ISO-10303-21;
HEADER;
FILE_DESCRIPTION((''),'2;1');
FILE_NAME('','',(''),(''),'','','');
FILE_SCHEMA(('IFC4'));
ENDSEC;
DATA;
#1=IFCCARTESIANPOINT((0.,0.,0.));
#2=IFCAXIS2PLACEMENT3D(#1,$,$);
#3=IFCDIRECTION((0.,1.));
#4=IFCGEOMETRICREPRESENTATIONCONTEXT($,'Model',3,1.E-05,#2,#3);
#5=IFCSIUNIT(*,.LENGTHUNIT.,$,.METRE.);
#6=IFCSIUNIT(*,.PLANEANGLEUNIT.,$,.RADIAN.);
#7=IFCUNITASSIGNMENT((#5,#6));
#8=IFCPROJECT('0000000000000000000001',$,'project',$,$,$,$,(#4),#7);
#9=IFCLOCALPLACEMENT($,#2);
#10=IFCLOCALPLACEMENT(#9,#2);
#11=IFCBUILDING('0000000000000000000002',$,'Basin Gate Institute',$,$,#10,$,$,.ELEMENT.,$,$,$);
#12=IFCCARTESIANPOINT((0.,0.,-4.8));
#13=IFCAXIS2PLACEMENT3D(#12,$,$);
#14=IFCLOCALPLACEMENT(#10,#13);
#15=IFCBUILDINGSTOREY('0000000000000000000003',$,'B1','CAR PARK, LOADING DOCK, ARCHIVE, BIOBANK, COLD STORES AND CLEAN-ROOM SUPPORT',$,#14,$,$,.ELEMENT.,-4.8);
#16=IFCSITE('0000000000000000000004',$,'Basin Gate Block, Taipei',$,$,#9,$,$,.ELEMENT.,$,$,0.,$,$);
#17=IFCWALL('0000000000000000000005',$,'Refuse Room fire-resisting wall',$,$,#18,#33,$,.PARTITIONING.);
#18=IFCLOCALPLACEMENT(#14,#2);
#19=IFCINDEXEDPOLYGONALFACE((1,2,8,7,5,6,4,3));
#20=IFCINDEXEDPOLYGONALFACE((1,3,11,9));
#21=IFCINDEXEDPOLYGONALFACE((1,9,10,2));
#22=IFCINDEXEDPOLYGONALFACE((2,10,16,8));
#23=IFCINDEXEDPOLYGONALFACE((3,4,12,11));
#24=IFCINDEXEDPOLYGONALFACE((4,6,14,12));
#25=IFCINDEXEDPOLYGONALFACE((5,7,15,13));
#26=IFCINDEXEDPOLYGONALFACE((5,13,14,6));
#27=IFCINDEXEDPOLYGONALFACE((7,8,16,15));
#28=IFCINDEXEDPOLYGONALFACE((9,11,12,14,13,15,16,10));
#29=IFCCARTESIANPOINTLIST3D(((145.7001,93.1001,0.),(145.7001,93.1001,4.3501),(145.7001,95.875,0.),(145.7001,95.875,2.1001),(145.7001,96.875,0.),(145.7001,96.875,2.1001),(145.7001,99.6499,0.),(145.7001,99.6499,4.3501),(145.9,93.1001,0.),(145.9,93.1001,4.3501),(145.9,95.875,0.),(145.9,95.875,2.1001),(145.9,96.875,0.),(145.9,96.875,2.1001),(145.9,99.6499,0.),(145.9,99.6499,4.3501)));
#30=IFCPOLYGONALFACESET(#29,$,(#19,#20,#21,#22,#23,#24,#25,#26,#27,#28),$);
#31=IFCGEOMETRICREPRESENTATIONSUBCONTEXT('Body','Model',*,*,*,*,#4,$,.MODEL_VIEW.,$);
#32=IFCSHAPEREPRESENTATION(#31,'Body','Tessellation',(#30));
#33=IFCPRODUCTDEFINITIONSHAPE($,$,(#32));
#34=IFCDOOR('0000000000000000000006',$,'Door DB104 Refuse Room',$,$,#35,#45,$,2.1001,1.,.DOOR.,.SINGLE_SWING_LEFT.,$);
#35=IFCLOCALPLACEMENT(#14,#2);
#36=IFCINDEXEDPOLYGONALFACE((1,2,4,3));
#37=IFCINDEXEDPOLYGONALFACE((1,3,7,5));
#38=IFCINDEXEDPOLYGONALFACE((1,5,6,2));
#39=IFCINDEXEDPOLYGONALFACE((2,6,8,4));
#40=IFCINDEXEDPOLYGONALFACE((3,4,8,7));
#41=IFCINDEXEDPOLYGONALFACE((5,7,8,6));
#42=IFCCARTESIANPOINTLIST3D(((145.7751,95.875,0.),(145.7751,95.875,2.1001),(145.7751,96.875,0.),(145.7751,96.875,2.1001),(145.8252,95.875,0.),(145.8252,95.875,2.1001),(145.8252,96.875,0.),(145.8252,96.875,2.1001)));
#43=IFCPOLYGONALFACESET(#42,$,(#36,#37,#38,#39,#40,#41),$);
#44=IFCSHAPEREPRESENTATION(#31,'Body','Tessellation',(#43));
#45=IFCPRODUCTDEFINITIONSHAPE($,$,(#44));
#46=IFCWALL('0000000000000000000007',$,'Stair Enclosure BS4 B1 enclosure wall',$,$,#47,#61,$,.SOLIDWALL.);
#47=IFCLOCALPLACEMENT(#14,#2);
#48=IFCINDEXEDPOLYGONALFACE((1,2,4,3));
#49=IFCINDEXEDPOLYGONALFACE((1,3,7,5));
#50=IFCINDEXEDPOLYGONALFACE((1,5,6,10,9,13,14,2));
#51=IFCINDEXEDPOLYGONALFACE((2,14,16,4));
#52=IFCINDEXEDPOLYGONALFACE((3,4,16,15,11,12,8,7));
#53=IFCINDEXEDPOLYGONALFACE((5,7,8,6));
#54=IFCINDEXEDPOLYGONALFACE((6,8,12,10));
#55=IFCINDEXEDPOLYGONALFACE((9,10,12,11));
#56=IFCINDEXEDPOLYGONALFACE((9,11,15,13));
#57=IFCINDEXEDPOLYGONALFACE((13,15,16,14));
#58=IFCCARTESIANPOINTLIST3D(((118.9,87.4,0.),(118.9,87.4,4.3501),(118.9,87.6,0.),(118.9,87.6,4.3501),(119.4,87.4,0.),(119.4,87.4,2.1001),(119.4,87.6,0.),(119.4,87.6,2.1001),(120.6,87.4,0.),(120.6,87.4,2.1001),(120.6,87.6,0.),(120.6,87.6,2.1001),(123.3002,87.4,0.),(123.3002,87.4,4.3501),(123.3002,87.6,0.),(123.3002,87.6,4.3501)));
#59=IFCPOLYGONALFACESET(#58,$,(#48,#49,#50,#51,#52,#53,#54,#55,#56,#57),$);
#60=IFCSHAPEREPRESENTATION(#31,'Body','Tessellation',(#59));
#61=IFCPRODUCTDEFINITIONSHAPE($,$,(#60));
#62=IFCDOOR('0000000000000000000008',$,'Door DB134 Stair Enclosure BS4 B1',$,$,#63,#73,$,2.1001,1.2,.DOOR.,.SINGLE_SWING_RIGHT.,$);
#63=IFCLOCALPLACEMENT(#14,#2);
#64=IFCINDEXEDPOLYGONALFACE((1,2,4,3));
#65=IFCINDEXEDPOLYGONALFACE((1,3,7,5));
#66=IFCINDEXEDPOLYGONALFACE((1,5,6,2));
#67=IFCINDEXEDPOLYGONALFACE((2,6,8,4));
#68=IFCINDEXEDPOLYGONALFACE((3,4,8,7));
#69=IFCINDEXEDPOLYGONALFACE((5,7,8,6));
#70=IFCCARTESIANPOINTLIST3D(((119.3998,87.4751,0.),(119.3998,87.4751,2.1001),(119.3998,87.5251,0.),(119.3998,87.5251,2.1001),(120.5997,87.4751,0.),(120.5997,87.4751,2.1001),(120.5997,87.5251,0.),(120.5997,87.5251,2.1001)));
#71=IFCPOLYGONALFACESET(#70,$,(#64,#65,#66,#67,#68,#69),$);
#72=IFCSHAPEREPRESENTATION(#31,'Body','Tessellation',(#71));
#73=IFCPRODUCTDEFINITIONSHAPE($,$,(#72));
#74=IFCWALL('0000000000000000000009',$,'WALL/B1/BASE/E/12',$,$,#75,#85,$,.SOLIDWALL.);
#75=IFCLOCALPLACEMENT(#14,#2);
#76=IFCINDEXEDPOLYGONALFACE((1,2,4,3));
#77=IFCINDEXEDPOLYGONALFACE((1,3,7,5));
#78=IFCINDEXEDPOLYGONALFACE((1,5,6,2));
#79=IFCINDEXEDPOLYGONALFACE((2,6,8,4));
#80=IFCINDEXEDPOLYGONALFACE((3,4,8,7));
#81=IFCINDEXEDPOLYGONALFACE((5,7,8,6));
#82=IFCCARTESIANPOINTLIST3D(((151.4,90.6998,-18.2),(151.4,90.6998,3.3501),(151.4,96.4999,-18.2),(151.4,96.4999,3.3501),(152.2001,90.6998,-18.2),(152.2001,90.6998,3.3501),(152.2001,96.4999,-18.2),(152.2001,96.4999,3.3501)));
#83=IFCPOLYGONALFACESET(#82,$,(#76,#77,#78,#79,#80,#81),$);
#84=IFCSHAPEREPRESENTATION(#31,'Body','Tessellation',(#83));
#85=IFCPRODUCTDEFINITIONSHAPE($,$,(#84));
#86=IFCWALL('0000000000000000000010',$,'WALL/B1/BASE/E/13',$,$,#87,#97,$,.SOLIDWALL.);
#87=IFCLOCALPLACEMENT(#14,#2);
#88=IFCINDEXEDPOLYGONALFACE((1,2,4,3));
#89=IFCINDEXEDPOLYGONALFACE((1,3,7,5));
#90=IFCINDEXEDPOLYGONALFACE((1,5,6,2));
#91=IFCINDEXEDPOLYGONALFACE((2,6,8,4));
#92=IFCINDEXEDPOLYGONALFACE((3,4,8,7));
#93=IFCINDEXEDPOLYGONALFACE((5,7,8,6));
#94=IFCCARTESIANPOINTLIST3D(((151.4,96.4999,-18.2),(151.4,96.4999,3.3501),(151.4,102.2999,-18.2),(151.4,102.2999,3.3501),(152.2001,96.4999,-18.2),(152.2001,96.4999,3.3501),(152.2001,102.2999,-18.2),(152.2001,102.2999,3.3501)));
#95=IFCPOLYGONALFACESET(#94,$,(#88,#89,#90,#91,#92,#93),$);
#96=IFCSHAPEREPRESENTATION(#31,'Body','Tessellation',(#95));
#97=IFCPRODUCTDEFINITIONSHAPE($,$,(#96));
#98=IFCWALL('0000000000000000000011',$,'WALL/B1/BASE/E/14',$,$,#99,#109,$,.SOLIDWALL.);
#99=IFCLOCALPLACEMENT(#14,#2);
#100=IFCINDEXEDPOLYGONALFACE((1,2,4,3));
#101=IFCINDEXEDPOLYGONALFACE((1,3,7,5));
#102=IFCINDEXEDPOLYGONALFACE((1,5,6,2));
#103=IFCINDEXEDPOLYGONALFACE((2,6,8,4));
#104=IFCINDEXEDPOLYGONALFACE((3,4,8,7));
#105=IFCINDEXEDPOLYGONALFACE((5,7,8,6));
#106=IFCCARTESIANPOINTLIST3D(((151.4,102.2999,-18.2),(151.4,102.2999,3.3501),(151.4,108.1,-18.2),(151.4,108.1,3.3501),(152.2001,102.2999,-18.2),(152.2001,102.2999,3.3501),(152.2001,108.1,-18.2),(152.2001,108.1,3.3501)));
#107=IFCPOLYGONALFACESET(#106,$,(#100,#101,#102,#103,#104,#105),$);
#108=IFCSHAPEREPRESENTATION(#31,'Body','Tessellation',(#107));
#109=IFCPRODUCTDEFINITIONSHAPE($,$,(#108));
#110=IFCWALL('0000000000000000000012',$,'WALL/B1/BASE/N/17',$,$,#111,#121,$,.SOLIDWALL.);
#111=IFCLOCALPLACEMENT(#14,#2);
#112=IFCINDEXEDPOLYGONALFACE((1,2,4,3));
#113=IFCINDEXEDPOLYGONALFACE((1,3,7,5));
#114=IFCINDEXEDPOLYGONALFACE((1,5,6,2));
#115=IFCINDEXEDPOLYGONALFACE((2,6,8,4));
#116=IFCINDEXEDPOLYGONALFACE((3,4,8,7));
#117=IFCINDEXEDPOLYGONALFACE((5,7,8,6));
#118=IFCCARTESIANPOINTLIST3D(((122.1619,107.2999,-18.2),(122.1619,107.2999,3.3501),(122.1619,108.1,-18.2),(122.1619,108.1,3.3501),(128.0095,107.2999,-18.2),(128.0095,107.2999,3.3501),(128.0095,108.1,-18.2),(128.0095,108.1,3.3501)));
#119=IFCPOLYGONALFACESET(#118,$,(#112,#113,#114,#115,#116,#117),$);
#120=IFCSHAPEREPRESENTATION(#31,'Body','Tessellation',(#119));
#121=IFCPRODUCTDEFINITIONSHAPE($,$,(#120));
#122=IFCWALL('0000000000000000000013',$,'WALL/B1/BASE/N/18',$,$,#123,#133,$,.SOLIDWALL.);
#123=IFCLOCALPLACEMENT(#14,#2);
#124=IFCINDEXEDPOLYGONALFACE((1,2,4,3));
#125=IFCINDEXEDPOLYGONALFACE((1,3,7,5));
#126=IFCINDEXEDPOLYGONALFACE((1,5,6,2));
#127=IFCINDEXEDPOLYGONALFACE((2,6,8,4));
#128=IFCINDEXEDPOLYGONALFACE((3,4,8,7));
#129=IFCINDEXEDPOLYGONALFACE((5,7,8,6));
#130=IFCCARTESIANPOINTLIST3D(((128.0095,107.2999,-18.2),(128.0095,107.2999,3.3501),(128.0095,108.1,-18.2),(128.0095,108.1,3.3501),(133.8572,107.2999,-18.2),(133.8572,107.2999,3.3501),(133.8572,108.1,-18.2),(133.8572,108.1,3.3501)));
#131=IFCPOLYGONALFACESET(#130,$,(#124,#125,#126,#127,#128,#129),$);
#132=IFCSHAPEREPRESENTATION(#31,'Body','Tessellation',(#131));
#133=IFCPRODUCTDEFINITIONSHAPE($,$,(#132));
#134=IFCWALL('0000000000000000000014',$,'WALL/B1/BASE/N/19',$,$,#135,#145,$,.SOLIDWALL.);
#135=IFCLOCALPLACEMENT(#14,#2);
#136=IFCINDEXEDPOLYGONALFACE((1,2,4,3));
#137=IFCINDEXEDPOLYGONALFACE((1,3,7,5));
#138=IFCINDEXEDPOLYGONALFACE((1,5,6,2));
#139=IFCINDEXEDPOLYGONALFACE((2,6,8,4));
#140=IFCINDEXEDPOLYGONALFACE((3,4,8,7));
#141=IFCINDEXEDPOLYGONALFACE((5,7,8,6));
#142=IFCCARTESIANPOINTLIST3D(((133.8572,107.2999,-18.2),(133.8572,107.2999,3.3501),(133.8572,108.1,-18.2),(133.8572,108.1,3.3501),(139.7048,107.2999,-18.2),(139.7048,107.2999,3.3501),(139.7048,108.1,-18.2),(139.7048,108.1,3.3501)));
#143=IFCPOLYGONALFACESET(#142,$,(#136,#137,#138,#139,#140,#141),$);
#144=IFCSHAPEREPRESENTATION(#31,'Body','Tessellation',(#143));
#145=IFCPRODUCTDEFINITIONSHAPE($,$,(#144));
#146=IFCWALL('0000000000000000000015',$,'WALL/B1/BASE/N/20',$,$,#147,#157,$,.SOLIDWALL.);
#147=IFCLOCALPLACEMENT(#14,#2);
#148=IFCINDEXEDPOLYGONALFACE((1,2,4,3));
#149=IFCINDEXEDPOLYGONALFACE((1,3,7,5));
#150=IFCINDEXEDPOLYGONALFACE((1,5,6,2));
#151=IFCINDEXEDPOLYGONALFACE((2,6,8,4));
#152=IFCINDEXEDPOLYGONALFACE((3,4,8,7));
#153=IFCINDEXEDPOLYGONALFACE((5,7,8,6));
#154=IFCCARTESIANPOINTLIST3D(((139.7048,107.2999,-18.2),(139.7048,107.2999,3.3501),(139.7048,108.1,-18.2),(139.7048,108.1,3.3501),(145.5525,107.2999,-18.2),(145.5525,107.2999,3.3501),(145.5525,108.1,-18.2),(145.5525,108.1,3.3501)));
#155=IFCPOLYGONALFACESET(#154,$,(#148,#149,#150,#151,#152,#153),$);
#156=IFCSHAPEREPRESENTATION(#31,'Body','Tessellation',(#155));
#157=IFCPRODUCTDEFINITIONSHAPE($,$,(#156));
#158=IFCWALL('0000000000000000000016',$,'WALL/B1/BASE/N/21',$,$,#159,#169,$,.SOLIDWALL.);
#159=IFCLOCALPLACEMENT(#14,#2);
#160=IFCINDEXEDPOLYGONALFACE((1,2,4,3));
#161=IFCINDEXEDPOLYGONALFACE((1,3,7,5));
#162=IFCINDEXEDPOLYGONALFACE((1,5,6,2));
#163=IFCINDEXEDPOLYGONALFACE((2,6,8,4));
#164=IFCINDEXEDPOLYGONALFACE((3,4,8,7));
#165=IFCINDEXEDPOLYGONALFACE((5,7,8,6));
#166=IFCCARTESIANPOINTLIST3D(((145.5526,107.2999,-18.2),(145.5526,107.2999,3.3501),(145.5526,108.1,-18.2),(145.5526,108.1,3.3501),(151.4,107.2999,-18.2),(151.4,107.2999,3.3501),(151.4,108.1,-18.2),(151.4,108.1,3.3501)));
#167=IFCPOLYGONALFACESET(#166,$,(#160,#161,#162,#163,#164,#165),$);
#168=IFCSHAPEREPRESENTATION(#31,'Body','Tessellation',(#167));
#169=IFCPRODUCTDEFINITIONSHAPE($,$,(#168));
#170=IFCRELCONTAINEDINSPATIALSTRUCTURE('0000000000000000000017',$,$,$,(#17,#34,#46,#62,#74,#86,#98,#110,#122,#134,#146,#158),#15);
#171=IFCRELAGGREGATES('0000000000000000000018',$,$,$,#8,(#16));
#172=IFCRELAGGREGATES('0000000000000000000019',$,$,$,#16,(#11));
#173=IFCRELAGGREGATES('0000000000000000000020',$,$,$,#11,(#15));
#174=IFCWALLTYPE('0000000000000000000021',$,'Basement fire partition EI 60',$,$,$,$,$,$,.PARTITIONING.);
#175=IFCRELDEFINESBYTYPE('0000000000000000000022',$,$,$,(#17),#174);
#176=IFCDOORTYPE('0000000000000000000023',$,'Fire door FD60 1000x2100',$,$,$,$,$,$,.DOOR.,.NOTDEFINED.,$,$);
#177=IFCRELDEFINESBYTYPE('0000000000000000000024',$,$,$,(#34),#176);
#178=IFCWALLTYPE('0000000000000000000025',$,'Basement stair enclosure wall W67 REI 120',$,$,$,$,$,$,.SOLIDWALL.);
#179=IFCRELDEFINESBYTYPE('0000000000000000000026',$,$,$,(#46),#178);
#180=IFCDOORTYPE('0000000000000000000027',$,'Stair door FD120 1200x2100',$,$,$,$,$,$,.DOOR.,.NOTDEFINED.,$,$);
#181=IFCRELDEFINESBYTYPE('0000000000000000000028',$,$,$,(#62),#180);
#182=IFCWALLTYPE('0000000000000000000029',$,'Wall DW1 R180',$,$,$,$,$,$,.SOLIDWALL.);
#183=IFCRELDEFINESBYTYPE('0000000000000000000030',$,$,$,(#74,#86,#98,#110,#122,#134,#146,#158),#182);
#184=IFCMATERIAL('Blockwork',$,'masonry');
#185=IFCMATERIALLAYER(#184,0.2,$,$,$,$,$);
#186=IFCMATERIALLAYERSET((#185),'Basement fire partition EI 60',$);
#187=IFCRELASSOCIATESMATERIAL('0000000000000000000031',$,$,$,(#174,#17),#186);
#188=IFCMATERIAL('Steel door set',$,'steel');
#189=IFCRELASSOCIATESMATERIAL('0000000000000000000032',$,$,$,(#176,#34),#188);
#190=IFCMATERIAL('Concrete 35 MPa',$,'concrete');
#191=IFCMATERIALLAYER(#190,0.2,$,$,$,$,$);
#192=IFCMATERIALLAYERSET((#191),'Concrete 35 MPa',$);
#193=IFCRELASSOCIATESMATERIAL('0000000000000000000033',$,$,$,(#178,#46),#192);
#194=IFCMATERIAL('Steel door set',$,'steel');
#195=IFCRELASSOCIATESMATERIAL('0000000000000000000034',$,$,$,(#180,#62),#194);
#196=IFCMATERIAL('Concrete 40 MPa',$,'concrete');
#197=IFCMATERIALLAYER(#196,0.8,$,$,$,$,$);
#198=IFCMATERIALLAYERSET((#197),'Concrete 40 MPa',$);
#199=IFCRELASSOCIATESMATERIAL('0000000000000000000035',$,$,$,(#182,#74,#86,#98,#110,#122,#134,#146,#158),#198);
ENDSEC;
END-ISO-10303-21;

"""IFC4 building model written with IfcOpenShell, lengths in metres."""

from ifc_helpers import new_model, si_unit, direction, frame, frame_2d, origin, place, context, subcontext, project, spatial, rectangle, extrude, material, layer, layer_set, type_object, element, fill, save


model = new_model("IFC4")

# Units and contexts
model_context = context("Model", 3, precision=1e-05, world=origin(), true_north=direction((0.0, 1.0)))
body_context = subcontext(model_context, "Body", "Model", "MODEL_VIEW")
ifc_project = project(units=[si_unit("LENGTHUNIT", "METRE"), si_unit("PLANEANGLEUNIT", "RADIAN")], contexts=[model_context])

# Site, building, storey
site_placement = place(None, origin())
site = spatial("IfcSite", under=ifc_project, at=site_placement, Name="Basin Gate Block, Taipei", CompositionType="ELEMENT", RefElevation=0.0)
building_placement = place(site_placement, origin())
building = spatial("IfcBuilding", under=site, at=building_placement, Name="Basin Gate Institute", CompositionType="ELEMENT")
storey_placement = place(building_placement, frame((0.0, 0.0, -4.8)))
storey = spatial("IfcBuildingStorey", under=building, at=storey_placement, Name="B1", Description="CAR PARK, LOADING DOCK, ARCHIVE, BIOBANK, COLD STORES AND CLEAN-ROOM SUPPORT", CompositionType="ELEMENT", Elevation=-4.8)

# Shared definitions
ifc_material_1 = material(Name="Blockwork", Category="masonry")
ifc_layer_1 = layer(ifc_material_1, 0.2)
ifc_layer_set_1 = layer_set([ifc_layer_1], Name="Basement fire partition EI 60")
wall_type_1 = type_object("IfcWallType", Name="Basement fire partition EI 60", PredefinedType="PARTITIONING", material=ifc_layer_set_1)

# Shared definitions
ifc_material_2 = material(Name="Steel door set", Category="steel")
door_type_1 = type_object("IfcDoorType", Name="Fire door FD60 1000x2100", OperationType="NOTDEFINED", PredefinedType="DOOR", material=ifc_material_2)

# Walls, openings, doors
wall_1_placement = place(storey_placement, frame((145.8, 93.1001, 0.0), z_axis=(0.0, 0.0, 1.0), x_axis=(0.0, 1.0, 0.0)))
wall_1 = element("IfcWall", 1, at=wall_1_placement, inside=storey, type_object=wall_type_1, material=ifc_layer_set_1, Name="Refuse Room fire-resisting wall", PredefinedType="PARTITIONING", context=body_context, shape_type="SweptSolid", body=[
    extrude(rectangle(XDim=6.5498, YDim=0.2, at=frame_2d((3.2749, 0.0))), origin(), (0.0, 0.0, 1.0), 4.3501),
])
opening_1_placement = place(wall_1_placement, frame((2.7749, 0.0, 0.0)))
opening_1 = element("IfcOpeningElement", 2, at=opening_1_placement, cuts=wall_1, PredefinedType="OPENING", context=body_context, shape_type="SweptSolid", body=[
    extrude(rectangle(XDim=1.0, YDim=2.1001, at=frame_2d((0.5, 1.05))), frame((0.0, 0.1099, 0.0), z_axis=(0.0, -1.0, 0.0), x_axis=(1.0, 0.0, 0.0)), (0.0, 0.0, 1.0), 0.22),
])
door_1_placement = place(opening_1_placement, origin())
door_1 = element("IfcDoor", 3, at=door_1_placement, inside=storey, type_object=door_type_1, material=ifc_material_2, Name="Door DB104 Refuse Room", OperationType="SINGLE_SWING_LEFT", OverallHeight=2.1001, OverallWidth=1.0, PredefinedType="DOOR", context=body_context, shape_type="SweptSolid", body=[
    extrude(rectangle(XDim=1.0, YDim=2.1001, at=frame_2d((0.5, 1.05))), frame((0.0, 0.0249, 0.0), z_axis=(0.0, -1.0, 0.0), x_axis=(1.0, 0.0, 0.0)), (0.0, 0.0, 1.0), 0.05),
])
fill(opening_1, door_1)
ifc_material_3 = material(Name="Concrete 35 MPa", Category="concrete")
ifc_layer_2 = layer(ifc_material_3, 0.2)
ifc_layer_set_2 = layer_set([ifc_layer_2], Name="Concrete 35 MPa")
wall_type_2 = type_object("IfcWallType", Name="Basement stair enclosure wall W67 REI 120", PredefinedType="SOLIDWALL", material=ifc_layer_set_2)
wall_2_placement = place(storey_placement, frame((118.8999, 87.5, 0.0), z_axis=(0.0, 0.0, 1.0), x_axis=(1.0, 0.0, 0.0)))
wall_2 = element("IfcWall", 4, at=wall_2_placement, inside=storey, type_object=wall_type_2, material=ifc_layer_set_2, Name="Stair Enclosure BS4 B1 enclosure wall", PredefinedType="SOLIDWALL", context=body_context, shape_type="SweptSolid", body=[
    extrude(rectangle(XDim=4.4001, YDim=0.2, at=frame_2d((2.2002, 0.0))), origin(), (0.0, 0.0, 1.0), 4.3501),
])
opening_2_placement = place(wall_2_placement, frame((0.5, 0.0, 0.0)))
opening_2 = element("IfcOpeningElement", 5, at=opening_2_placement, cuts=wall_2, PredefinedType="OPENING", context=body_context, shape_type="SweptSolid", body=[
    extrude(rectangle(XDim=1.2, YDim=2.1001, at=frame_2d((0.6001, 1.05))), frame((0.0, 0.1099, 0.0), z_axis=(0.0, -1.0, 0.0), x_axis=(1.0, 0.0, 0.0)), (0.0, 0.0, 1.0), 0.22),
])
ifc_material_4 = material(Name="Steel door set", Category="steel")
door_type_2 = type_object("IfcDoorType", Name="Stair door FD120 1200x2100", OperationType="NOTDEFINED", PredefinedType="DOOR", material=ifc_material_4)
door_2_placement = place(opening_2_placement, frame((1.2, 0.0, 0.0), z_axis=(0.0, 0.0, 1.0), x_axis=(-1.0, 0.0, 0.0)))
door_2 = element("IfcDoor", 6, at=door_2_placement, inside=storey, type_object=door_type_2, material=ifc_material_4, Name="Door DB134 Stair Enclosure BS4 B1", OperationType="SINGLE_SWING_RIGHT", OverallHeight=2.1001, OverallWidth=1.2, PredefinedType="DOOR", context=body_context, shape_type="SweptSolid", body=[
    extrude(rectangle(XDim=1.2, YDim=2.1001, at=frame_2d((0.6001, 1.05))), frame((0.0, 0.0249, 0.0), z_axis=(0.0, -1.0, 0.0), x_axis=(1.0, 0.0, 0.0)), (0.0, 0.0, 1.0), 0.05),
])
fill(opening_2, door_2)

# Walls
ifc_material_5 = material(Name="Concrete 40 MPa", Category="concrete")
ifc_layer_3 = layer(ifc_material_5, 0.8)
ifc_layer_set_3 = layer_set([ifc_layer_3], Name="Concrete 40 MPa")
wall_type_3 = type_object("IfcWallType", Name="Wall DW1 R180", PredefinedType="SOLIDWALL", material=ifc_layer_set_3)
for number, where, z_axis, x_axis, name in (
    (7, (151.8, 90.7, -18.2), (0.0, 0.0, 1.0), (0.0, 1.0, 0.0), "WALL/B1/BASE/E/12"),
    (8, (151.8, 96.5, -18.2), (0.0, 0.0, 1.0), (0.0, 1.0, 0.0), "WALL/B1/BASE/E/13"),
    (9, (151.8, 102.3, -18.2), (0.0, 0.0, 1.0), (0.0, 1.0, 0.0), "WALL/B1/BASE/E/14"),
):
    element("IfcWall", number, at=place(storey_placement, frame(where, z_axis=z_axis, x_axis=x_axis)), inside=storey, type_object=wall_type_3, material=ifc_layer_set_3, Name=name, PredefinedType="SOLIDWALL", context=body_context, shape_type="SweptSolid", body=[
        extrude(rectangle(XDim=5.8, YDim=0.8, at=frame_2d((2.8999, 0.0))), origin(), (0.0, 0.0, 1.0), 21.55),
    ])
for number, where, z_axis, x_axis, name in (
    (10, (122.1619, 107.7, -18.2), (0.0, 0.0, 1.0), (1.0, 0.0, 0.0), "WALL/B1/BASE/N/17"),
    (11, (128.0095, 107.7, -18.2), (0.0, 0.0, 1.0), (1.0, 0.0, 0.0), "WALL/B1/BASE/N/18"),
    (12, (133.8572, 107.7, -18.2), (0.0, 0.0, 1.0), (1.0, 0.0, 0.0), "WALL/B1/BASE/N/19"),
    (13, (139.7048, 107.7, -18.2), (0.0, 0.0, 1.0), (1.0, 0.0, 0.0), "WALL/B1/BASE/N/20"),
):
    element("IfcWall", number, at=place(storey_placement, frame(where, z_axis=z_axis, x_axis=x_axis)), inside=storey, type_object=wall_type_3, material=ifc_layer_set_3, Name=name, PredefinedType="SOLIDWALL", context=body_context, shape_type="SweptSolid", body=[
        extrude(rectangle(XDim=5.8477, YDim=0.8, at=frame_2d((2.9238, 0.0))), origin(), (0.0, 0.0, 1.0), 21.55),
    ])
wall_3_placement = place(storey_placement, frame((145.5525, 107.7, -18.2), z_axis=(0.0, 0.0, 1.0), x_axis=(1.0, 0.0, 0.0)))
element("IfcWall", 14, at=wall_3_placement, inside=storey, type_object=wall_type_3, material=ifc_layer_set_3, Name="WALL/B1/BASE/N/21", PredefinedType="SOLIDWALL", context=body_context, shape_type="SweptSolid", body=[
    extrude(rectangle(XDim=5.8474, YDim=0.8, at=frame_2d((2.9238, 0.0))), origin(), (0.0, 0.0, 1.0), 21.55),
])

save(model, "model.ifc")
